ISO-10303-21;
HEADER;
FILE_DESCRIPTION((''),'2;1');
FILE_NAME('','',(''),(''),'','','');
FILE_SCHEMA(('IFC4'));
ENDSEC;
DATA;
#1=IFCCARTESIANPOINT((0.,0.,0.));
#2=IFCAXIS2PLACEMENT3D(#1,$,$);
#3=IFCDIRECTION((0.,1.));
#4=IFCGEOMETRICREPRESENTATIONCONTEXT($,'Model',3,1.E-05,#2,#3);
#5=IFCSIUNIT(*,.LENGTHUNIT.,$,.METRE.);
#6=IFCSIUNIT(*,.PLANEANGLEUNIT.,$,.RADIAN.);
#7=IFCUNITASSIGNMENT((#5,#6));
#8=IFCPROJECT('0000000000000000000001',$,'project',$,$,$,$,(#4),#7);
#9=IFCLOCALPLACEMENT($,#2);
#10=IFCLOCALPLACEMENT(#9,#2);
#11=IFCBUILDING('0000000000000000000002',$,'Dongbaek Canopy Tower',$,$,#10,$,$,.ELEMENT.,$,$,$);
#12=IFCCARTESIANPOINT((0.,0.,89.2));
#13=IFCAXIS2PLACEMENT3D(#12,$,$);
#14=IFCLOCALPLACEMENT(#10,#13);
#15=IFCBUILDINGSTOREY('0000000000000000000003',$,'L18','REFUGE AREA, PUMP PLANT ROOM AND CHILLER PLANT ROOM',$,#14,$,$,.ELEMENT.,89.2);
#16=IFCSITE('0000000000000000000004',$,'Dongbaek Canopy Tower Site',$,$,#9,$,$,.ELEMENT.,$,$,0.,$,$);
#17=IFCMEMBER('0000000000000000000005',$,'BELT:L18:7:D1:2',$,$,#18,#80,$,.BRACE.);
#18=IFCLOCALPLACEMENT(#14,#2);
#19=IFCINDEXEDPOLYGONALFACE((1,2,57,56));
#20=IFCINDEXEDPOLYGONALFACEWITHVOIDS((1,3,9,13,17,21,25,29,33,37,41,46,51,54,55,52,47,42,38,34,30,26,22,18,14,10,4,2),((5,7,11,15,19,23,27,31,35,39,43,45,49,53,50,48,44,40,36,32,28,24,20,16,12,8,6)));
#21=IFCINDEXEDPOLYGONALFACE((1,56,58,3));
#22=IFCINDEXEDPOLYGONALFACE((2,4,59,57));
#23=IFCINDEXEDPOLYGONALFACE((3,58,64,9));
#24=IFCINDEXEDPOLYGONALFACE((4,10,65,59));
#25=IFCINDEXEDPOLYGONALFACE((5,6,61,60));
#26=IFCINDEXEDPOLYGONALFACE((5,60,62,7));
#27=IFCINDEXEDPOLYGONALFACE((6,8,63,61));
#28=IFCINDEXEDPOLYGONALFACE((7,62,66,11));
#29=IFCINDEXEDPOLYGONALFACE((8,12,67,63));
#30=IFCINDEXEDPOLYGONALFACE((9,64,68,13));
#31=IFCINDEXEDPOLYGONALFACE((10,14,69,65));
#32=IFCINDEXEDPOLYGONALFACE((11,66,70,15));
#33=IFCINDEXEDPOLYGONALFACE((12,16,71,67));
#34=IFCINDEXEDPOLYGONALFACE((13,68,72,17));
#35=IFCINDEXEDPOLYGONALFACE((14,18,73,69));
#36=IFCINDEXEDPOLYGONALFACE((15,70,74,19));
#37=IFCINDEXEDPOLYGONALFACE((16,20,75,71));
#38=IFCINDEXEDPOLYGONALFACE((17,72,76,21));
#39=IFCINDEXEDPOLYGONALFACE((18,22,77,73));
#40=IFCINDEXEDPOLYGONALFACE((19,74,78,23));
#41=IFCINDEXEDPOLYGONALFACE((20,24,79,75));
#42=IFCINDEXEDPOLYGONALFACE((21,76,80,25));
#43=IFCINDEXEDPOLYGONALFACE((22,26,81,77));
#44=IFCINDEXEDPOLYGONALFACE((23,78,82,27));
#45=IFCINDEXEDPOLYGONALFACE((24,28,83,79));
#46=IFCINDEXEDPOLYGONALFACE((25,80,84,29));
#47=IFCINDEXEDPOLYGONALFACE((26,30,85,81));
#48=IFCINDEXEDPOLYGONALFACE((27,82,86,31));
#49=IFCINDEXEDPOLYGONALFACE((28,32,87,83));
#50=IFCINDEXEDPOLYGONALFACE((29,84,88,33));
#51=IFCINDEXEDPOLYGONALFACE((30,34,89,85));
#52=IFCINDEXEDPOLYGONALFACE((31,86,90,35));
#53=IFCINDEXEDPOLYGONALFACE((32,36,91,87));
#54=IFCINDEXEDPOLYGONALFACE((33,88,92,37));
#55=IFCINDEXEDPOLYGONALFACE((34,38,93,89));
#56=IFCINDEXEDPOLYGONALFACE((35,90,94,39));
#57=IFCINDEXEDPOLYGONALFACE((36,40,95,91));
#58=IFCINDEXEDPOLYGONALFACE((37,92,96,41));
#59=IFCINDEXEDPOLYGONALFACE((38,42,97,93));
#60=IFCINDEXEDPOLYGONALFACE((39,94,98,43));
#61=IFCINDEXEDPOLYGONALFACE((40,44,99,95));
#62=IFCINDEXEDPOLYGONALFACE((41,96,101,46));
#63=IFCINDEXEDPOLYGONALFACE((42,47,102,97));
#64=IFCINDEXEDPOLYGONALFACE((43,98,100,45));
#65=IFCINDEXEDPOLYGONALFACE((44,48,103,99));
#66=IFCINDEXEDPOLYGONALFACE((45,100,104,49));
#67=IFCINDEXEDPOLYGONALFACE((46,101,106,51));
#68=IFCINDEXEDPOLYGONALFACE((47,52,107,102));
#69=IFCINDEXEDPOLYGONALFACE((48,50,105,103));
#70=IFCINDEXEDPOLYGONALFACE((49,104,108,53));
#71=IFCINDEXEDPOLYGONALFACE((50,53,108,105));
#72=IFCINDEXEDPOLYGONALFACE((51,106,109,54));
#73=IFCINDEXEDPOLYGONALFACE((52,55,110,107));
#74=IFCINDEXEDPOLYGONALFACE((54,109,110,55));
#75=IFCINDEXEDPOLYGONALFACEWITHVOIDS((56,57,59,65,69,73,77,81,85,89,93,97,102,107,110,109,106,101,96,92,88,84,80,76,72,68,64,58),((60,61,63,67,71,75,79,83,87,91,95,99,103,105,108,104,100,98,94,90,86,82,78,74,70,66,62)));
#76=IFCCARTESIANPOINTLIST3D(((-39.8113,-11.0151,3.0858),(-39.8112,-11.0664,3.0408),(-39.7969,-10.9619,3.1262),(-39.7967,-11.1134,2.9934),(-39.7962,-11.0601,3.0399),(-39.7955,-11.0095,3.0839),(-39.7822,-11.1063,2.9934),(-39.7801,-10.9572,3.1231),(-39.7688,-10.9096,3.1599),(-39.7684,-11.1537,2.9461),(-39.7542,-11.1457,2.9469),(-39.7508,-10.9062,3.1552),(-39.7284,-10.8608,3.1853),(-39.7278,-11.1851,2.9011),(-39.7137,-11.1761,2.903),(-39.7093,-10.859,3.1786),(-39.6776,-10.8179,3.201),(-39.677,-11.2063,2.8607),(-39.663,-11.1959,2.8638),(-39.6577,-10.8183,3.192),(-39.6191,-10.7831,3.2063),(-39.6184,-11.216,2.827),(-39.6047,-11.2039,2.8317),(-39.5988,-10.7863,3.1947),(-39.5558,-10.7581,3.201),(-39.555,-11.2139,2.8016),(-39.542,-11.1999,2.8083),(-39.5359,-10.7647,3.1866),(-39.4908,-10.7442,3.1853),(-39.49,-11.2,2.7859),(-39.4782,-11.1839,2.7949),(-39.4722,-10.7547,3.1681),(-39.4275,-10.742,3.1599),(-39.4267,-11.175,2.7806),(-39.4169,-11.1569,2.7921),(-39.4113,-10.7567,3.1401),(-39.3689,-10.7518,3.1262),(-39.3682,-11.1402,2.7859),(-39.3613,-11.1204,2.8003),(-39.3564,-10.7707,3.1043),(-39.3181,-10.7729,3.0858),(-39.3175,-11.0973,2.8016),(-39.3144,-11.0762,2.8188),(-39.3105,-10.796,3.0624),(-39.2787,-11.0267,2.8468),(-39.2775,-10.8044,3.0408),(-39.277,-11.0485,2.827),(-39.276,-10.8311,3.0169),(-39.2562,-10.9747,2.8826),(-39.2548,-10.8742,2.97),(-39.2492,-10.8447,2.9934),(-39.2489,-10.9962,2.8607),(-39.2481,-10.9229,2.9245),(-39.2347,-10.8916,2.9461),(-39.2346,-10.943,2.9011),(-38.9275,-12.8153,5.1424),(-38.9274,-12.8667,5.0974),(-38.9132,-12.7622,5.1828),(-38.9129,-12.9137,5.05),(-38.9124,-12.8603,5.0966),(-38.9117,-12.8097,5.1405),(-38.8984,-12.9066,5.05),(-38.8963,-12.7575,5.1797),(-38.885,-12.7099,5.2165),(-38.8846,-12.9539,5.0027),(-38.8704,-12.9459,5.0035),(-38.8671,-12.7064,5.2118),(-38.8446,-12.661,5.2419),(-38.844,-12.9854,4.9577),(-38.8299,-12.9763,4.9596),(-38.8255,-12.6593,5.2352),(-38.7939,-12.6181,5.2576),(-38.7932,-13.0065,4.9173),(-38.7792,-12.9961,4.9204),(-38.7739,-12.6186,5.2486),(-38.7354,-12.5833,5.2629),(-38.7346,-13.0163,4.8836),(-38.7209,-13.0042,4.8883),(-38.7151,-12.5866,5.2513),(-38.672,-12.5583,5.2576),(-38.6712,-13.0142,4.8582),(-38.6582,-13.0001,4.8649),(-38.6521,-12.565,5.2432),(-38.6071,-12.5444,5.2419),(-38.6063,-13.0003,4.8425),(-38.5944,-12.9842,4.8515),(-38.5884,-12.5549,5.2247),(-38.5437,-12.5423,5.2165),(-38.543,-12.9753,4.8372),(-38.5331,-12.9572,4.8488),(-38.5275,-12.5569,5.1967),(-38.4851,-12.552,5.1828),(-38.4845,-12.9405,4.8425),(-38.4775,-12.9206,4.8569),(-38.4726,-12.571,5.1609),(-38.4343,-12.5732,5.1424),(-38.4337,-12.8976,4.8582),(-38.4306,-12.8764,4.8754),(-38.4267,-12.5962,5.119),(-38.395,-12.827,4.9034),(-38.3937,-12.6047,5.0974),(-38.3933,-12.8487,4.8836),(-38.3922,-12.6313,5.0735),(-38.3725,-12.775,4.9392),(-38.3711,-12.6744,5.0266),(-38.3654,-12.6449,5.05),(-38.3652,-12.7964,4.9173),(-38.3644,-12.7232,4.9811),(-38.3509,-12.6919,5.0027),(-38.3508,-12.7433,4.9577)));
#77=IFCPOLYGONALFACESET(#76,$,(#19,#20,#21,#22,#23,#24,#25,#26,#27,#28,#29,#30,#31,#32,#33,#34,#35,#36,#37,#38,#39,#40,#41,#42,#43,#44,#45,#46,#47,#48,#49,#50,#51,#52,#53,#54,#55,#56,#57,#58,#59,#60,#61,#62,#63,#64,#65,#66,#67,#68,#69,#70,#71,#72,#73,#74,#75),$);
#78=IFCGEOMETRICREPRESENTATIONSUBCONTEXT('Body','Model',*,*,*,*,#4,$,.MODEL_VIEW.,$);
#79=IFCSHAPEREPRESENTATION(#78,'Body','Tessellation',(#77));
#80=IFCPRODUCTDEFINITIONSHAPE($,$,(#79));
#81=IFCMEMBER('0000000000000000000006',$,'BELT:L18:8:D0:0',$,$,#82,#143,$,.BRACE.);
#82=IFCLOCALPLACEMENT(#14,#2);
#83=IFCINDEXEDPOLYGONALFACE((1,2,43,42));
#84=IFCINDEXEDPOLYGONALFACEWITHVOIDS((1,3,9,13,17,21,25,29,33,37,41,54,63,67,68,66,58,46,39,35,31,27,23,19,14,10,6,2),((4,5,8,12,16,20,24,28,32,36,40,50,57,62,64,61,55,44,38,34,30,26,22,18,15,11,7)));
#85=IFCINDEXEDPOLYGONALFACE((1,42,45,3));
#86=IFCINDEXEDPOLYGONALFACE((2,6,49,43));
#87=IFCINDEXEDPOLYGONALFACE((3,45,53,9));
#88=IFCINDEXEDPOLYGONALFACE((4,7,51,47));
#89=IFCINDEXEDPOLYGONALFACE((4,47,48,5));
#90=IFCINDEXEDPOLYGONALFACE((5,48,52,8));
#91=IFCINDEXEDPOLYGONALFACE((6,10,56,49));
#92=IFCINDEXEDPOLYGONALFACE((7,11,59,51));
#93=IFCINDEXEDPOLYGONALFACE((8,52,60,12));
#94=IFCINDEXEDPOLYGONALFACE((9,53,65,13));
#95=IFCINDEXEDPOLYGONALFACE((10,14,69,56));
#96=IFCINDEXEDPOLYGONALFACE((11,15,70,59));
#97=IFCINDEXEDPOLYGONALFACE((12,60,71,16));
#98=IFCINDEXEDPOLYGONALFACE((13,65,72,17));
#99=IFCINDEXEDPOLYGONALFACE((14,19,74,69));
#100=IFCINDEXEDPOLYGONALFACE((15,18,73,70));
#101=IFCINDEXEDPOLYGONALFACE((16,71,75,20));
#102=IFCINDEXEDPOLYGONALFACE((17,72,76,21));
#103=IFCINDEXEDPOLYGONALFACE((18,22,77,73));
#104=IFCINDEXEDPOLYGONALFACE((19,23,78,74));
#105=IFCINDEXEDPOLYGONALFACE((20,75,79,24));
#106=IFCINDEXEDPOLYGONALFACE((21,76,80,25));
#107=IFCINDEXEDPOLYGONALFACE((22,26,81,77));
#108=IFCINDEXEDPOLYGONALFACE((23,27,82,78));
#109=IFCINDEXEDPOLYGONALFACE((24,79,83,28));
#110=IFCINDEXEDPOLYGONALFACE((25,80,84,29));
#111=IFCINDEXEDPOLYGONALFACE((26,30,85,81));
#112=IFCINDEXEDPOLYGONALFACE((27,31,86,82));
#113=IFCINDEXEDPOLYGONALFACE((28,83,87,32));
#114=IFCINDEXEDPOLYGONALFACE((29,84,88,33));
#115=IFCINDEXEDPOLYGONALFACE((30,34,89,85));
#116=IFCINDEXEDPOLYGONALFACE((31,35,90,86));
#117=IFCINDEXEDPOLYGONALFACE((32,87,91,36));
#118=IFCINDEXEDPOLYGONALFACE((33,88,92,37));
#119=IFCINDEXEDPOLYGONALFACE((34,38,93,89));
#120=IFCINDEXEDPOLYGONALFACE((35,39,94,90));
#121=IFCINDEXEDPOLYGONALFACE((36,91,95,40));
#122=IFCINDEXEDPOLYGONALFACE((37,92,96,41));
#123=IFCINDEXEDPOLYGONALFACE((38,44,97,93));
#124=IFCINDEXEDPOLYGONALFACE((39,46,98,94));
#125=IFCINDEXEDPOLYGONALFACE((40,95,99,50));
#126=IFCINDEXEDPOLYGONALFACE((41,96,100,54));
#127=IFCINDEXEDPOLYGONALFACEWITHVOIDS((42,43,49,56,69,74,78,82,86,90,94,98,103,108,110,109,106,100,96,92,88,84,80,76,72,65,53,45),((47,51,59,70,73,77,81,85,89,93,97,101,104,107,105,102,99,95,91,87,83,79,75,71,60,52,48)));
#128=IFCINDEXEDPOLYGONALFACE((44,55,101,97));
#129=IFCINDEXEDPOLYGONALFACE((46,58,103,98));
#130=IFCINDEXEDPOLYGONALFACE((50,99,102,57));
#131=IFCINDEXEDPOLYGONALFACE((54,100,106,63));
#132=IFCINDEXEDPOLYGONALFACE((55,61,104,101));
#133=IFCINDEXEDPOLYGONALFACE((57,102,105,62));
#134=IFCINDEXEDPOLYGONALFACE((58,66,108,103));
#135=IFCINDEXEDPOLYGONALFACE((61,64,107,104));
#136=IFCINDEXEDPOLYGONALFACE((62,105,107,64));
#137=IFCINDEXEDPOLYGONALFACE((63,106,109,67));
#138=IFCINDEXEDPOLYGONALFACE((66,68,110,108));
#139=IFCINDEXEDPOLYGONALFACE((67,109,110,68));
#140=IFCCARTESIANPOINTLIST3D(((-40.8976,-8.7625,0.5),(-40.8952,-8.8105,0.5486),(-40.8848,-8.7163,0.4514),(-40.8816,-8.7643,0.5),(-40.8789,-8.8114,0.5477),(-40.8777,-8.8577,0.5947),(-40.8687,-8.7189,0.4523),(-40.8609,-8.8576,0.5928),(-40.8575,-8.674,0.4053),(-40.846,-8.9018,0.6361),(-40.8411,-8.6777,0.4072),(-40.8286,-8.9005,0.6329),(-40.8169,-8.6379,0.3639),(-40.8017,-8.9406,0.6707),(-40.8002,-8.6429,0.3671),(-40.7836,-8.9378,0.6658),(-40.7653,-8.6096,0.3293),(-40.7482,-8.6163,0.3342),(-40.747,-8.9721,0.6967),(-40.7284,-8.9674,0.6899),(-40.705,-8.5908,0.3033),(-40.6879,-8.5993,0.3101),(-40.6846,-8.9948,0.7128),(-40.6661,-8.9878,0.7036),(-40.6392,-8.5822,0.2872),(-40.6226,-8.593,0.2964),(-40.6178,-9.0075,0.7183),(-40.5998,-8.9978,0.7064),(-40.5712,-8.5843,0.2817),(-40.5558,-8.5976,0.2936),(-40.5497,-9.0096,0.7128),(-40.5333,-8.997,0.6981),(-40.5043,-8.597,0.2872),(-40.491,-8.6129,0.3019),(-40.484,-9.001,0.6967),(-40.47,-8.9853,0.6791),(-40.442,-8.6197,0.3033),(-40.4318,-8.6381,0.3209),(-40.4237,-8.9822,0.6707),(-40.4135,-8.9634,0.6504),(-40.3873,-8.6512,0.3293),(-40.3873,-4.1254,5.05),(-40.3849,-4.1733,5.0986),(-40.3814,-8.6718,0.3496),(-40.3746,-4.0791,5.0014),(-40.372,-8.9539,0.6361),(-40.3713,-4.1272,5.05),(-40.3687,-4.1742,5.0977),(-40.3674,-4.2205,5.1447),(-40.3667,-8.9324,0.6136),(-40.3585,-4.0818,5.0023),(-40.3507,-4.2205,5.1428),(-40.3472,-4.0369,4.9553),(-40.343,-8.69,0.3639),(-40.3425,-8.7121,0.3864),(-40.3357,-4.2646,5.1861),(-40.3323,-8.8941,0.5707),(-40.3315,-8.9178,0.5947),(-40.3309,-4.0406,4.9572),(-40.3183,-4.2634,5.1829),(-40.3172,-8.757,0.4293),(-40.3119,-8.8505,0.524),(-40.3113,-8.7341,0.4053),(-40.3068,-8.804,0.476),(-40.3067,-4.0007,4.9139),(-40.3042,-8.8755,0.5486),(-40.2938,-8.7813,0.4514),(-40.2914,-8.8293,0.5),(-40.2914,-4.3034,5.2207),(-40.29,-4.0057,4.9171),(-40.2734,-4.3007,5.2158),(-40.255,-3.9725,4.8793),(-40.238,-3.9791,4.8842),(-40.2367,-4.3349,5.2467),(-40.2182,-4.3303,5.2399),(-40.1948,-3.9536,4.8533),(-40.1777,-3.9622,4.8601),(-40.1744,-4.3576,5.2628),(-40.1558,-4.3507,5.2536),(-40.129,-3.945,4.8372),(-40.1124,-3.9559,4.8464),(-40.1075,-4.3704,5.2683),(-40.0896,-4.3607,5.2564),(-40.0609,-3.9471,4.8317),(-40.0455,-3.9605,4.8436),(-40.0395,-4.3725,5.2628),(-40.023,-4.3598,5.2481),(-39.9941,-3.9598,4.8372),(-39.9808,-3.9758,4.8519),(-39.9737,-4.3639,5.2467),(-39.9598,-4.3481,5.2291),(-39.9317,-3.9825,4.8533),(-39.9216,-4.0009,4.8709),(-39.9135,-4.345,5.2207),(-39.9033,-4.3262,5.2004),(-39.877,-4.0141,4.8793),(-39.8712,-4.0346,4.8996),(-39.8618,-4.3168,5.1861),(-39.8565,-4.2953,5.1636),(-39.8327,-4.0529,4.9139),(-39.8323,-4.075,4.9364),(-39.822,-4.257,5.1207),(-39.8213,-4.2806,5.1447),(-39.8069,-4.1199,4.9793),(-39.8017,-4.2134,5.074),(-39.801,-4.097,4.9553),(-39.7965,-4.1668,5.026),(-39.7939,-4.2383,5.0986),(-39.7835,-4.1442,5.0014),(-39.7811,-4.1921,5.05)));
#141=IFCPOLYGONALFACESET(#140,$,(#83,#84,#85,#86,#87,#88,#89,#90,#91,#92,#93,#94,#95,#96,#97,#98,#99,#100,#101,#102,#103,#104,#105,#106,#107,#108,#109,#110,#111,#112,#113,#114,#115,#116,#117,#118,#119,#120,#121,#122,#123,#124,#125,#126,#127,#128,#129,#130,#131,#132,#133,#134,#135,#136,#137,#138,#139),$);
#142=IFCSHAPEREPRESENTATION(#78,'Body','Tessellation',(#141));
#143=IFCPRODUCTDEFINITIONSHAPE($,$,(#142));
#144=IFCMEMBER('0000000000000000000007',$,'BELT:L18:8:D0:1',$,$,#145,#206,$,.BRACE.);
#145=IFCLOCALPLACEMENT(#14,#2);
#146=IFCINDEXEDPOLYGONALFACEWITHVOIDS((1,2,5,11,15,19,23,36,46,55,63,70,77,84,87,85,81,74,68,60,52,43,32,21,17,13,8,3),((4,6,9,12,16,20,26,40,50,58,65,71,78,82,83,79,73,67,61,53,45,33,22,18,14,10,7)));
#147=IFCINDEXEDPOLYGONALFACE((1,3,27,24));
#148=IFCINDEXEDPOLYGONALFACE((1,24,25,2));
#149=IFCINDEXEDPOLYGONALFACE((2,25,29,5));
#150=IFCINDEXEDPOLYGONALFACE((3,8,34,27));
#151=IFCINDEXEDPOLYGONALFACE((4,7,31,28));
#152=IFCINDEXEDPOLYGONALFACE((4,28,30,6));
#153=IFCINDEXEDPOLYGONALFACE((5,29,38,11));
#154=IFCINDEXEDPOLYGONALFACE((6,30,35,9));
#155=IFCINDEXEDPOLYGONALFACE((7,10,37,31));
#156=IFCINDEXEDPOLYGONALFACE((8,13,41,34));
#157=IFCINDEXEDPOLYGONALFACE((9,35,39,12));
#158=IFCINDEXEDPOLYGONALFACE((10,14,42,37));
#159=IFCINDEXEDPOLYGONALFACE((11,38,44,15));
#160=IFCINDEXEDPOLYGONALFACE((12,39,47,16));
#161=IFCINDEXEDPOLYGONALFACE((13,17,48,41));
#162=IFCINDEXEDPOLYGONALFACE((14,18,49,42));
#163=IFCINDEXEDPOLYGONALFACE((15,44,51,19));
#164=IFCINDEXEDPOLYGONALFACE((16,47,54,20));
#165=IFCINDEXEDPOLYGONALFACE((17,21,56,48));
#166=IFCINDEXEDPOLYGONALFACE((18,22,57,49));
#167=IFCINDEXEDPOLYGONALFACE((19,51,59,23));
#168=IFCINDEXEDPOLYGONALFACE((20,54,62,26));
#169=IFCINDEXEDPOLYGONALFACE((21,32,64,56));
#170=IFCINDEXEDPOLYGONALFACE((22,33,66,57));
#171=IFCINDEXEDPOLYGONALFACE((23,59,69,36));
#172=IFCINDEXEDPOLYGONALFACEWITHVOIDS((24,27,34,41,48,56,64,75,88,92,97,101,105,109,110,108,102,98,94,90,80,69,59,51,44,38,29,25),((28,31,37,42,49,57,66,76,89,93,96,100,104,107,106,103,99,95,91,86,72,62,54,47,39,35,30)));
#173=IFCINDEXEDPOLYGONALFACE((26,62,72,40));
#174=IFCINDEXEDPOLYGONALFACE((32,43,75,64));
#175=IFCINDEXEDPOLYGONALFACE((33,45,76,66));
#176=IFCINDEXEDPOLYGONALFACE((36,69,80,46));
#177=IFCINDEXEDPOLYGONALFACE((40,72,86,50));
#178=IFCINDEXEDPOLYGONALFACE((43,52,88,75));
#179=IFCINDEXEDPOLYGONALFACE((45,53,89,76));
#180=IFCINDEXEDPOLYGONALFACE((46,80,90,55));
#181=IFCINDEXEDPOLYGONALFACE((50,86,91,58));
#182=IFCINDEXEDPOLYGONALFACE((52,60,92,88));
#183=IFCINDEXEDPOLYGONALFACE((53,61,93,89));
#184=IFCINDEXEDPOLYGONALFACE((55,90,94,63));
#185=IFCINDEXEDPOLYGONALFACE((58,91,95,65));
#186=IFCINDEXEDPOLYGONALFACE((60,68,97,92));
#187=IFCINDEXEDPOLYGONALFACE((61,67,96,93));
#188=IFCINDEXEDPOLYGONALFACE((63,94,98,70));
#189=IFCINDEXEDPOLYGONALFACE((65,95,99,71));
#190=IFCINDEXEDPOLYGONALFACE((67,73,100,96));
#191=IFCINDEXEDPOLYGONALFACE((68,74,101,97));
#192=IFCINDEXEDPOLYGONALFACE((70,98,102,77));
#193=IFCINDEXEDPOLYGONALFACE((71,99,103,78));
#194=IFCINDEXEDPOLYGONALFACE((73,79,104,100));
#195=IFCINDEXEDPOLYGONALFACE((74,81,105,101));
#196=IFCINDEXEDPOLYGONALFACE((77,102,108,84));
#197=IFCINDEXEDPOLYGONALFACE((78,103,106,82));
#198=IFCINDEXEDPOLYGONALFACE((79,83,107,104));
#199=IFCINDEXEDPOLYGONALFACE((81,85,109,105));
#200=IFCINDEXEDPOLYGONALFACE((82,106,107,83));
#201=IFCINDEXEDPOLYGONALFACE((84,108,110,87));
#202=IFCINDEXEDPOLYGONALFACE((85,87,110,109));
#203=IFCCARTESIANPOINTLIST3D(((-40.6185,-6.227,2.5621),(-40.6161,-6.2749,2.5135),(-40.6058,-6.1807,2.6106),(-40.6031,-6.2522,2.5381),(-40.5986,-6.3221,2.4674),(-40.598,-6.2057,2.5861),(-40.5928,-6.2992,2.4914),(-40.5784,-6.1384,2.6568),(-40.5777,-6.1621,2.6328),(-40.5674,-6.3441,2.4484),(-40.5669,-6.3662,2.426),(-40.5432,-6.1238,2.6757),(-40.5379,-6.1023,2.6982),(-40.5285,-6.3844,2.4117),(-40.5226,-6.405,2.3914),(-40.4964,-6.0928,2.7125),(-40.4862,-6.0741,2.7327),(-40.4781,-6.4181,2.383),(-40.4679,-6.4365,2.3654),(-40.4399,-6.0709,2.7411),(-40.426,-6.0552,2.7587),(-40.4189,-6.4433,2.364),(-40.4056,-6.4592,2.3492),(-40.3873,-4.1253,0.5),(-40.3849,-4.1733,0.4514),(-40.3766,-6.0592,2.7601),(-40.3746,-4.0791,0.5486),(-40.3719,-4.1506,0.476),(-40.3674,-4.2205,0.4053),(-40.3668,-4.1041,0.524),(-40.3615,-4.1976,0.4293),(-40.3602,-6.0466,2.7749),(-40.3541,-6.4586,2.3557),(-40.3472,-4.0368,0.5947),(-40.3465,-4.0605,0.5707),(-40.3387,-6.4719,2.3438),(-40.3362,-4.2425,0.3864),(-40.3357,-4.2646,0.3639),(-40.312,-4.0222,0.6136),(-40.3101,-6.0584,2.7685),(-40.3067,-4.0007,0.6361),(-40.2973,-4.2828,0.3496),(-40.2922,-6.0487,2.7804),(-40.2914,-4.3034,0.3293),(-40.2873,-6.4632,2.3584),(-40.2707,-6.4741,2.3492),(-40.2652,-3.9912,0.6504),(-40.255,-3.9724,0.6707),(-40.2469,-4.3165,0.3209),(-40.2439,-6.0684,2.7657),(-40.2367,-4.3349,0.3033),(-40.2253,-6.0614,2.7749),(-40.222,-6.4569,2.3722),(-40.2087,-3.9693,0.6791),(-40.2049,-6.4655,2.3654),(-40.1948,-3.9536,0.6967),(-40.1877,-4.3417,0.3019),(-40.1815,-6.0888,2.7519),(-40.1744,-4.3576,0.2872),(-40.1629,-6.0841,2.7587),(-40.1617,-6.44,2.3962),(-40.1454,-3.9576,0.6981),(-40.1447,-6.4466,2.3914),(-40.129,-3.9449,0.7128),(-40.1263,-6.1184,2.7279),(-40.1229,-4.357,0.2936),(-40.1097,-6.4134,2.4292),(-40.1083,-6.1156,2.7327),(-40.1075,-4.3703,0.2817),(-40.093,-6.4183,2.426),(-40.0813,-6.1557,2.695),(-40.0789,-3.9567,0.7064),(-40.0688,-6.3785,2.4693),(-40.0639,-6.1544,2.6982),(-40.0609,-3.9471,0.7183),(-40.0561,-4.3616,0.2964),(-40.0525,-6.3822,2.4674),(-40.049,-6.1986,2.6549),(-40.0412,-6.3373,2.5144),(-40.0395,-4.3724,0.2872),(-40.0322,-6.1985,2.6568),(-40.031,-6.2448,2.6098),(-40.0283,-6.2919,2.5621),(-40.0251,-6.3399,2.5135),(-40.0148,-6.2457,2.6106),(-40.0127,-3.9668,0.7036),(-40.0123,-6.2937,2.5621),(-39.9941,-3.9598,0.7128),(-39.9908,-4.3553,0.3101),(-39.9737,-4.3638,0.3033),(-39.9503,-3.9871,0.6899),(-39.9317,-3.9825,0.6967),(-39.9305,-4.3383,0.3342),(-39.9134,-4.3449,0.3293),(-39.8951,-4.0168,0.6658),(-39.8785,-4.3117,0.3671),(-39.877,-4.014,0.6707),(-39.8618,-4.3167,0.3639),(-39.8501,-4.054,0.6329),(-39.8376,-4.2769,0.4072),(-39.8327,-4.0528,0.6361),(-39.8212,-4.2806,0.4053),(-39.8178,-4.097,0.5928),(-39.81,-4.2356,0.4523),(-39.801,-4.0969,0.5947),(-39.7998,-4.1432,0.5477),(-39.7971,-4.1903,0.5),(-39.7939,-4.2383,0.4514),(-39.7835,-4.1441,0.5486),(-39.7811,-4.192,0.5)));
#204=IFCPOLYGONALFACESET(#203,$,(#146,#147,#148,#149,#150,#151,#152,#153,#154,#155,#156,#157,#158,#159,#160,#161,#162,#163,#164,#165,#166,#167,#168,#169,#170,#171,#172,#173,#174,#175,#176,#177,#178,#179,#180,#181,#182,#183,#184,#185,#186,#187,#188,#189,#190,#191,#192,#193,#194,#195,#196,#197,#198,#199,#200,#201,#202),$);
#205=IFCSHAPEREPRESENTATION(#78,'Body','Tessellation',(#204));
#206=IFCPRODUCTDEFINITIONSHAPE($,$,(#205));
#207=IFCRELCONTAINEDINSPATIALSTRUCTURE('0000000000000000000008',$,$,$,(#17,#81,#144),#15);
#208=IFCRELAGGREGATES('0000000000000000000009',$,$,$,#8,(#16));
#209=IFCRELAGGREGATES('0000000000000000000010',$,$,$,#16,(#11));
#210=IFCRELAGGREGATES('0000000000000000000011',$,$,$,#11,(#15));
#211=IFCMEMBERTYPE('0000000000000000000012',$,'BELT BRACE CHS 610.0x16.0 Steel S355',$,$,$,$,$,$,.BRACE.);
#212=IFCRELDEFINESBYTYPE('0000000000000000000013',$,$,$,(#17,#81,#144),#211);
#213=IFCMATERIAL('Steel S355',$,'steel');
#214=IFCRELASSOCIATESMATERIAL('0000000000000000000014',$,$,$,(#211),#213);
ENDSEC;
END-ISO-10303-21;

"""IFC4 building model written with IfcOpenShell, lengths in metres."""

from ifc_helpers import new_model, si_unit, direction, frame, origin, origin_2d, place, context, subcontext, project, spatial, hollow_circle, extrude, material, material_profile, profile_set, type_object, element, save


model = new_model("IFC4")

# Units and contexts
model_context = context("Model", 3, precision=1e-05, world=origin(), true_north=direction((0.0, 1.0)))
body_context = subcontext(model_context, "Body", "Model", "MODEL_VIEW")
ifc_project = project(units=[si_unit("LENGTHUNIT", "METRE"), si_unit("PLANEANGLEUNIT", "RADIAN")], contexts=[model_context])

# Site, building, storey
site_placement = place(None, origin())
site = spatial("IfcSite", under=ifc_project, at=site_placement, Name="Dongbaek Canopy Tower Site", CompositionType="ELEMENT", RefElevation=0.0)
building_placement = place(site_placement, origin())
building = spatial("IfcBuilding", under=site, at=building_placement, Name="Dongbaek Canopy Tower", CompositionType="ELEMENT")
storey_placement = place(building_placement, frame((0.0, 0.0, 89.2)))
storey = spatial("IfcBuildingStorey", under=building, at=storey_placement, Name="L18", Description="REFUGE AREA, PUMP PLANT ROOM AND CHILLER PLANT ROOM", CompositionType="ELEMENT", Elevation=89.2)

# Members
ifc_material_1 = material(Name="Steel S355", Category="steel")
ifc_material_profile_1 = material_profile(ifc_material_1, hollow_circle(Radius=0.3049, WallThickness=0.0161, at=origin_2d()), Name="BELT BRACE CHS 610.0x16.0 Steel S355")
ifc_profile_set_1 = profile_set([ifc_material_profile_1], Name="Steel S355")
member_type_1 = type_object("IfcMemberType", Name="BELT BRACE CHS 610.0x16.0 Steel S355", PredefinedType="BRACE", material=ifc_profile_set_1)
member_1_placement = place(storey_placement, frame((-38.6392, -12.7793, 5.05), z_axis=(-0.30766, 0.626709, -0.715948), x_axis=(-0.897666, -0.440677, 0.0)))
element("IfcMember", 1, at=member_1_placement, inside=storey, type_object=member_type_1, Name="BELT:L18:7:D1:2", PredefinedType="BRACE", context=body_context, shape_type="SweptSolid", body=[
    extrude(hollow_circle(Radius=0.3049, WallThickness=0.0161, at=origin_2d()), origin(), (0.0, 0.0, 1.0), 2.8726),
])
member_2_placement = place(storey_placement, frame((-40.5945, -8.7959, 0.5), z_axis=(0.0783, 0.711591, 0.698217), x_axis=(-0.994001, 0.109375, 0.0)))
element("IfcMember", 2, at=member_2_placement, inside=storey, type_object=member_type_1, Name="BELT:L18:8:D0:0", PredefinedType="BRACE", context=body_context, shape_type="SweptSolid", body=[
    extrude(hollow_circle(Radius=0.3049, WallThickness=0.0161, at=origin_2d()), origin(), (0.0, 0.0, 1.0), 6.5166),
])
member_3_placement = place(storey_placement, frame((-40.0842, -4.1587, 0.5), z_axis=(-0.078286, -0.711601, 0.698209), x_axis=(0.994003, -0.109354, 0.0)))
element("IfcMember", 3, at=member_3_placement, inside=storey, type_object=member_type_1, Name="BELT:L18:8:D0:1", PredefinedType="BRACE", context=body_context, shape_type="SweptSolid", body=[
    extrude(hollow_circle(Radius=0.3049, WallThickness=0.0161, at=origin_2d()), origin(), (0.0, 0.0, 1.0), 2.9534),
])

save(model, "model.ifc")
